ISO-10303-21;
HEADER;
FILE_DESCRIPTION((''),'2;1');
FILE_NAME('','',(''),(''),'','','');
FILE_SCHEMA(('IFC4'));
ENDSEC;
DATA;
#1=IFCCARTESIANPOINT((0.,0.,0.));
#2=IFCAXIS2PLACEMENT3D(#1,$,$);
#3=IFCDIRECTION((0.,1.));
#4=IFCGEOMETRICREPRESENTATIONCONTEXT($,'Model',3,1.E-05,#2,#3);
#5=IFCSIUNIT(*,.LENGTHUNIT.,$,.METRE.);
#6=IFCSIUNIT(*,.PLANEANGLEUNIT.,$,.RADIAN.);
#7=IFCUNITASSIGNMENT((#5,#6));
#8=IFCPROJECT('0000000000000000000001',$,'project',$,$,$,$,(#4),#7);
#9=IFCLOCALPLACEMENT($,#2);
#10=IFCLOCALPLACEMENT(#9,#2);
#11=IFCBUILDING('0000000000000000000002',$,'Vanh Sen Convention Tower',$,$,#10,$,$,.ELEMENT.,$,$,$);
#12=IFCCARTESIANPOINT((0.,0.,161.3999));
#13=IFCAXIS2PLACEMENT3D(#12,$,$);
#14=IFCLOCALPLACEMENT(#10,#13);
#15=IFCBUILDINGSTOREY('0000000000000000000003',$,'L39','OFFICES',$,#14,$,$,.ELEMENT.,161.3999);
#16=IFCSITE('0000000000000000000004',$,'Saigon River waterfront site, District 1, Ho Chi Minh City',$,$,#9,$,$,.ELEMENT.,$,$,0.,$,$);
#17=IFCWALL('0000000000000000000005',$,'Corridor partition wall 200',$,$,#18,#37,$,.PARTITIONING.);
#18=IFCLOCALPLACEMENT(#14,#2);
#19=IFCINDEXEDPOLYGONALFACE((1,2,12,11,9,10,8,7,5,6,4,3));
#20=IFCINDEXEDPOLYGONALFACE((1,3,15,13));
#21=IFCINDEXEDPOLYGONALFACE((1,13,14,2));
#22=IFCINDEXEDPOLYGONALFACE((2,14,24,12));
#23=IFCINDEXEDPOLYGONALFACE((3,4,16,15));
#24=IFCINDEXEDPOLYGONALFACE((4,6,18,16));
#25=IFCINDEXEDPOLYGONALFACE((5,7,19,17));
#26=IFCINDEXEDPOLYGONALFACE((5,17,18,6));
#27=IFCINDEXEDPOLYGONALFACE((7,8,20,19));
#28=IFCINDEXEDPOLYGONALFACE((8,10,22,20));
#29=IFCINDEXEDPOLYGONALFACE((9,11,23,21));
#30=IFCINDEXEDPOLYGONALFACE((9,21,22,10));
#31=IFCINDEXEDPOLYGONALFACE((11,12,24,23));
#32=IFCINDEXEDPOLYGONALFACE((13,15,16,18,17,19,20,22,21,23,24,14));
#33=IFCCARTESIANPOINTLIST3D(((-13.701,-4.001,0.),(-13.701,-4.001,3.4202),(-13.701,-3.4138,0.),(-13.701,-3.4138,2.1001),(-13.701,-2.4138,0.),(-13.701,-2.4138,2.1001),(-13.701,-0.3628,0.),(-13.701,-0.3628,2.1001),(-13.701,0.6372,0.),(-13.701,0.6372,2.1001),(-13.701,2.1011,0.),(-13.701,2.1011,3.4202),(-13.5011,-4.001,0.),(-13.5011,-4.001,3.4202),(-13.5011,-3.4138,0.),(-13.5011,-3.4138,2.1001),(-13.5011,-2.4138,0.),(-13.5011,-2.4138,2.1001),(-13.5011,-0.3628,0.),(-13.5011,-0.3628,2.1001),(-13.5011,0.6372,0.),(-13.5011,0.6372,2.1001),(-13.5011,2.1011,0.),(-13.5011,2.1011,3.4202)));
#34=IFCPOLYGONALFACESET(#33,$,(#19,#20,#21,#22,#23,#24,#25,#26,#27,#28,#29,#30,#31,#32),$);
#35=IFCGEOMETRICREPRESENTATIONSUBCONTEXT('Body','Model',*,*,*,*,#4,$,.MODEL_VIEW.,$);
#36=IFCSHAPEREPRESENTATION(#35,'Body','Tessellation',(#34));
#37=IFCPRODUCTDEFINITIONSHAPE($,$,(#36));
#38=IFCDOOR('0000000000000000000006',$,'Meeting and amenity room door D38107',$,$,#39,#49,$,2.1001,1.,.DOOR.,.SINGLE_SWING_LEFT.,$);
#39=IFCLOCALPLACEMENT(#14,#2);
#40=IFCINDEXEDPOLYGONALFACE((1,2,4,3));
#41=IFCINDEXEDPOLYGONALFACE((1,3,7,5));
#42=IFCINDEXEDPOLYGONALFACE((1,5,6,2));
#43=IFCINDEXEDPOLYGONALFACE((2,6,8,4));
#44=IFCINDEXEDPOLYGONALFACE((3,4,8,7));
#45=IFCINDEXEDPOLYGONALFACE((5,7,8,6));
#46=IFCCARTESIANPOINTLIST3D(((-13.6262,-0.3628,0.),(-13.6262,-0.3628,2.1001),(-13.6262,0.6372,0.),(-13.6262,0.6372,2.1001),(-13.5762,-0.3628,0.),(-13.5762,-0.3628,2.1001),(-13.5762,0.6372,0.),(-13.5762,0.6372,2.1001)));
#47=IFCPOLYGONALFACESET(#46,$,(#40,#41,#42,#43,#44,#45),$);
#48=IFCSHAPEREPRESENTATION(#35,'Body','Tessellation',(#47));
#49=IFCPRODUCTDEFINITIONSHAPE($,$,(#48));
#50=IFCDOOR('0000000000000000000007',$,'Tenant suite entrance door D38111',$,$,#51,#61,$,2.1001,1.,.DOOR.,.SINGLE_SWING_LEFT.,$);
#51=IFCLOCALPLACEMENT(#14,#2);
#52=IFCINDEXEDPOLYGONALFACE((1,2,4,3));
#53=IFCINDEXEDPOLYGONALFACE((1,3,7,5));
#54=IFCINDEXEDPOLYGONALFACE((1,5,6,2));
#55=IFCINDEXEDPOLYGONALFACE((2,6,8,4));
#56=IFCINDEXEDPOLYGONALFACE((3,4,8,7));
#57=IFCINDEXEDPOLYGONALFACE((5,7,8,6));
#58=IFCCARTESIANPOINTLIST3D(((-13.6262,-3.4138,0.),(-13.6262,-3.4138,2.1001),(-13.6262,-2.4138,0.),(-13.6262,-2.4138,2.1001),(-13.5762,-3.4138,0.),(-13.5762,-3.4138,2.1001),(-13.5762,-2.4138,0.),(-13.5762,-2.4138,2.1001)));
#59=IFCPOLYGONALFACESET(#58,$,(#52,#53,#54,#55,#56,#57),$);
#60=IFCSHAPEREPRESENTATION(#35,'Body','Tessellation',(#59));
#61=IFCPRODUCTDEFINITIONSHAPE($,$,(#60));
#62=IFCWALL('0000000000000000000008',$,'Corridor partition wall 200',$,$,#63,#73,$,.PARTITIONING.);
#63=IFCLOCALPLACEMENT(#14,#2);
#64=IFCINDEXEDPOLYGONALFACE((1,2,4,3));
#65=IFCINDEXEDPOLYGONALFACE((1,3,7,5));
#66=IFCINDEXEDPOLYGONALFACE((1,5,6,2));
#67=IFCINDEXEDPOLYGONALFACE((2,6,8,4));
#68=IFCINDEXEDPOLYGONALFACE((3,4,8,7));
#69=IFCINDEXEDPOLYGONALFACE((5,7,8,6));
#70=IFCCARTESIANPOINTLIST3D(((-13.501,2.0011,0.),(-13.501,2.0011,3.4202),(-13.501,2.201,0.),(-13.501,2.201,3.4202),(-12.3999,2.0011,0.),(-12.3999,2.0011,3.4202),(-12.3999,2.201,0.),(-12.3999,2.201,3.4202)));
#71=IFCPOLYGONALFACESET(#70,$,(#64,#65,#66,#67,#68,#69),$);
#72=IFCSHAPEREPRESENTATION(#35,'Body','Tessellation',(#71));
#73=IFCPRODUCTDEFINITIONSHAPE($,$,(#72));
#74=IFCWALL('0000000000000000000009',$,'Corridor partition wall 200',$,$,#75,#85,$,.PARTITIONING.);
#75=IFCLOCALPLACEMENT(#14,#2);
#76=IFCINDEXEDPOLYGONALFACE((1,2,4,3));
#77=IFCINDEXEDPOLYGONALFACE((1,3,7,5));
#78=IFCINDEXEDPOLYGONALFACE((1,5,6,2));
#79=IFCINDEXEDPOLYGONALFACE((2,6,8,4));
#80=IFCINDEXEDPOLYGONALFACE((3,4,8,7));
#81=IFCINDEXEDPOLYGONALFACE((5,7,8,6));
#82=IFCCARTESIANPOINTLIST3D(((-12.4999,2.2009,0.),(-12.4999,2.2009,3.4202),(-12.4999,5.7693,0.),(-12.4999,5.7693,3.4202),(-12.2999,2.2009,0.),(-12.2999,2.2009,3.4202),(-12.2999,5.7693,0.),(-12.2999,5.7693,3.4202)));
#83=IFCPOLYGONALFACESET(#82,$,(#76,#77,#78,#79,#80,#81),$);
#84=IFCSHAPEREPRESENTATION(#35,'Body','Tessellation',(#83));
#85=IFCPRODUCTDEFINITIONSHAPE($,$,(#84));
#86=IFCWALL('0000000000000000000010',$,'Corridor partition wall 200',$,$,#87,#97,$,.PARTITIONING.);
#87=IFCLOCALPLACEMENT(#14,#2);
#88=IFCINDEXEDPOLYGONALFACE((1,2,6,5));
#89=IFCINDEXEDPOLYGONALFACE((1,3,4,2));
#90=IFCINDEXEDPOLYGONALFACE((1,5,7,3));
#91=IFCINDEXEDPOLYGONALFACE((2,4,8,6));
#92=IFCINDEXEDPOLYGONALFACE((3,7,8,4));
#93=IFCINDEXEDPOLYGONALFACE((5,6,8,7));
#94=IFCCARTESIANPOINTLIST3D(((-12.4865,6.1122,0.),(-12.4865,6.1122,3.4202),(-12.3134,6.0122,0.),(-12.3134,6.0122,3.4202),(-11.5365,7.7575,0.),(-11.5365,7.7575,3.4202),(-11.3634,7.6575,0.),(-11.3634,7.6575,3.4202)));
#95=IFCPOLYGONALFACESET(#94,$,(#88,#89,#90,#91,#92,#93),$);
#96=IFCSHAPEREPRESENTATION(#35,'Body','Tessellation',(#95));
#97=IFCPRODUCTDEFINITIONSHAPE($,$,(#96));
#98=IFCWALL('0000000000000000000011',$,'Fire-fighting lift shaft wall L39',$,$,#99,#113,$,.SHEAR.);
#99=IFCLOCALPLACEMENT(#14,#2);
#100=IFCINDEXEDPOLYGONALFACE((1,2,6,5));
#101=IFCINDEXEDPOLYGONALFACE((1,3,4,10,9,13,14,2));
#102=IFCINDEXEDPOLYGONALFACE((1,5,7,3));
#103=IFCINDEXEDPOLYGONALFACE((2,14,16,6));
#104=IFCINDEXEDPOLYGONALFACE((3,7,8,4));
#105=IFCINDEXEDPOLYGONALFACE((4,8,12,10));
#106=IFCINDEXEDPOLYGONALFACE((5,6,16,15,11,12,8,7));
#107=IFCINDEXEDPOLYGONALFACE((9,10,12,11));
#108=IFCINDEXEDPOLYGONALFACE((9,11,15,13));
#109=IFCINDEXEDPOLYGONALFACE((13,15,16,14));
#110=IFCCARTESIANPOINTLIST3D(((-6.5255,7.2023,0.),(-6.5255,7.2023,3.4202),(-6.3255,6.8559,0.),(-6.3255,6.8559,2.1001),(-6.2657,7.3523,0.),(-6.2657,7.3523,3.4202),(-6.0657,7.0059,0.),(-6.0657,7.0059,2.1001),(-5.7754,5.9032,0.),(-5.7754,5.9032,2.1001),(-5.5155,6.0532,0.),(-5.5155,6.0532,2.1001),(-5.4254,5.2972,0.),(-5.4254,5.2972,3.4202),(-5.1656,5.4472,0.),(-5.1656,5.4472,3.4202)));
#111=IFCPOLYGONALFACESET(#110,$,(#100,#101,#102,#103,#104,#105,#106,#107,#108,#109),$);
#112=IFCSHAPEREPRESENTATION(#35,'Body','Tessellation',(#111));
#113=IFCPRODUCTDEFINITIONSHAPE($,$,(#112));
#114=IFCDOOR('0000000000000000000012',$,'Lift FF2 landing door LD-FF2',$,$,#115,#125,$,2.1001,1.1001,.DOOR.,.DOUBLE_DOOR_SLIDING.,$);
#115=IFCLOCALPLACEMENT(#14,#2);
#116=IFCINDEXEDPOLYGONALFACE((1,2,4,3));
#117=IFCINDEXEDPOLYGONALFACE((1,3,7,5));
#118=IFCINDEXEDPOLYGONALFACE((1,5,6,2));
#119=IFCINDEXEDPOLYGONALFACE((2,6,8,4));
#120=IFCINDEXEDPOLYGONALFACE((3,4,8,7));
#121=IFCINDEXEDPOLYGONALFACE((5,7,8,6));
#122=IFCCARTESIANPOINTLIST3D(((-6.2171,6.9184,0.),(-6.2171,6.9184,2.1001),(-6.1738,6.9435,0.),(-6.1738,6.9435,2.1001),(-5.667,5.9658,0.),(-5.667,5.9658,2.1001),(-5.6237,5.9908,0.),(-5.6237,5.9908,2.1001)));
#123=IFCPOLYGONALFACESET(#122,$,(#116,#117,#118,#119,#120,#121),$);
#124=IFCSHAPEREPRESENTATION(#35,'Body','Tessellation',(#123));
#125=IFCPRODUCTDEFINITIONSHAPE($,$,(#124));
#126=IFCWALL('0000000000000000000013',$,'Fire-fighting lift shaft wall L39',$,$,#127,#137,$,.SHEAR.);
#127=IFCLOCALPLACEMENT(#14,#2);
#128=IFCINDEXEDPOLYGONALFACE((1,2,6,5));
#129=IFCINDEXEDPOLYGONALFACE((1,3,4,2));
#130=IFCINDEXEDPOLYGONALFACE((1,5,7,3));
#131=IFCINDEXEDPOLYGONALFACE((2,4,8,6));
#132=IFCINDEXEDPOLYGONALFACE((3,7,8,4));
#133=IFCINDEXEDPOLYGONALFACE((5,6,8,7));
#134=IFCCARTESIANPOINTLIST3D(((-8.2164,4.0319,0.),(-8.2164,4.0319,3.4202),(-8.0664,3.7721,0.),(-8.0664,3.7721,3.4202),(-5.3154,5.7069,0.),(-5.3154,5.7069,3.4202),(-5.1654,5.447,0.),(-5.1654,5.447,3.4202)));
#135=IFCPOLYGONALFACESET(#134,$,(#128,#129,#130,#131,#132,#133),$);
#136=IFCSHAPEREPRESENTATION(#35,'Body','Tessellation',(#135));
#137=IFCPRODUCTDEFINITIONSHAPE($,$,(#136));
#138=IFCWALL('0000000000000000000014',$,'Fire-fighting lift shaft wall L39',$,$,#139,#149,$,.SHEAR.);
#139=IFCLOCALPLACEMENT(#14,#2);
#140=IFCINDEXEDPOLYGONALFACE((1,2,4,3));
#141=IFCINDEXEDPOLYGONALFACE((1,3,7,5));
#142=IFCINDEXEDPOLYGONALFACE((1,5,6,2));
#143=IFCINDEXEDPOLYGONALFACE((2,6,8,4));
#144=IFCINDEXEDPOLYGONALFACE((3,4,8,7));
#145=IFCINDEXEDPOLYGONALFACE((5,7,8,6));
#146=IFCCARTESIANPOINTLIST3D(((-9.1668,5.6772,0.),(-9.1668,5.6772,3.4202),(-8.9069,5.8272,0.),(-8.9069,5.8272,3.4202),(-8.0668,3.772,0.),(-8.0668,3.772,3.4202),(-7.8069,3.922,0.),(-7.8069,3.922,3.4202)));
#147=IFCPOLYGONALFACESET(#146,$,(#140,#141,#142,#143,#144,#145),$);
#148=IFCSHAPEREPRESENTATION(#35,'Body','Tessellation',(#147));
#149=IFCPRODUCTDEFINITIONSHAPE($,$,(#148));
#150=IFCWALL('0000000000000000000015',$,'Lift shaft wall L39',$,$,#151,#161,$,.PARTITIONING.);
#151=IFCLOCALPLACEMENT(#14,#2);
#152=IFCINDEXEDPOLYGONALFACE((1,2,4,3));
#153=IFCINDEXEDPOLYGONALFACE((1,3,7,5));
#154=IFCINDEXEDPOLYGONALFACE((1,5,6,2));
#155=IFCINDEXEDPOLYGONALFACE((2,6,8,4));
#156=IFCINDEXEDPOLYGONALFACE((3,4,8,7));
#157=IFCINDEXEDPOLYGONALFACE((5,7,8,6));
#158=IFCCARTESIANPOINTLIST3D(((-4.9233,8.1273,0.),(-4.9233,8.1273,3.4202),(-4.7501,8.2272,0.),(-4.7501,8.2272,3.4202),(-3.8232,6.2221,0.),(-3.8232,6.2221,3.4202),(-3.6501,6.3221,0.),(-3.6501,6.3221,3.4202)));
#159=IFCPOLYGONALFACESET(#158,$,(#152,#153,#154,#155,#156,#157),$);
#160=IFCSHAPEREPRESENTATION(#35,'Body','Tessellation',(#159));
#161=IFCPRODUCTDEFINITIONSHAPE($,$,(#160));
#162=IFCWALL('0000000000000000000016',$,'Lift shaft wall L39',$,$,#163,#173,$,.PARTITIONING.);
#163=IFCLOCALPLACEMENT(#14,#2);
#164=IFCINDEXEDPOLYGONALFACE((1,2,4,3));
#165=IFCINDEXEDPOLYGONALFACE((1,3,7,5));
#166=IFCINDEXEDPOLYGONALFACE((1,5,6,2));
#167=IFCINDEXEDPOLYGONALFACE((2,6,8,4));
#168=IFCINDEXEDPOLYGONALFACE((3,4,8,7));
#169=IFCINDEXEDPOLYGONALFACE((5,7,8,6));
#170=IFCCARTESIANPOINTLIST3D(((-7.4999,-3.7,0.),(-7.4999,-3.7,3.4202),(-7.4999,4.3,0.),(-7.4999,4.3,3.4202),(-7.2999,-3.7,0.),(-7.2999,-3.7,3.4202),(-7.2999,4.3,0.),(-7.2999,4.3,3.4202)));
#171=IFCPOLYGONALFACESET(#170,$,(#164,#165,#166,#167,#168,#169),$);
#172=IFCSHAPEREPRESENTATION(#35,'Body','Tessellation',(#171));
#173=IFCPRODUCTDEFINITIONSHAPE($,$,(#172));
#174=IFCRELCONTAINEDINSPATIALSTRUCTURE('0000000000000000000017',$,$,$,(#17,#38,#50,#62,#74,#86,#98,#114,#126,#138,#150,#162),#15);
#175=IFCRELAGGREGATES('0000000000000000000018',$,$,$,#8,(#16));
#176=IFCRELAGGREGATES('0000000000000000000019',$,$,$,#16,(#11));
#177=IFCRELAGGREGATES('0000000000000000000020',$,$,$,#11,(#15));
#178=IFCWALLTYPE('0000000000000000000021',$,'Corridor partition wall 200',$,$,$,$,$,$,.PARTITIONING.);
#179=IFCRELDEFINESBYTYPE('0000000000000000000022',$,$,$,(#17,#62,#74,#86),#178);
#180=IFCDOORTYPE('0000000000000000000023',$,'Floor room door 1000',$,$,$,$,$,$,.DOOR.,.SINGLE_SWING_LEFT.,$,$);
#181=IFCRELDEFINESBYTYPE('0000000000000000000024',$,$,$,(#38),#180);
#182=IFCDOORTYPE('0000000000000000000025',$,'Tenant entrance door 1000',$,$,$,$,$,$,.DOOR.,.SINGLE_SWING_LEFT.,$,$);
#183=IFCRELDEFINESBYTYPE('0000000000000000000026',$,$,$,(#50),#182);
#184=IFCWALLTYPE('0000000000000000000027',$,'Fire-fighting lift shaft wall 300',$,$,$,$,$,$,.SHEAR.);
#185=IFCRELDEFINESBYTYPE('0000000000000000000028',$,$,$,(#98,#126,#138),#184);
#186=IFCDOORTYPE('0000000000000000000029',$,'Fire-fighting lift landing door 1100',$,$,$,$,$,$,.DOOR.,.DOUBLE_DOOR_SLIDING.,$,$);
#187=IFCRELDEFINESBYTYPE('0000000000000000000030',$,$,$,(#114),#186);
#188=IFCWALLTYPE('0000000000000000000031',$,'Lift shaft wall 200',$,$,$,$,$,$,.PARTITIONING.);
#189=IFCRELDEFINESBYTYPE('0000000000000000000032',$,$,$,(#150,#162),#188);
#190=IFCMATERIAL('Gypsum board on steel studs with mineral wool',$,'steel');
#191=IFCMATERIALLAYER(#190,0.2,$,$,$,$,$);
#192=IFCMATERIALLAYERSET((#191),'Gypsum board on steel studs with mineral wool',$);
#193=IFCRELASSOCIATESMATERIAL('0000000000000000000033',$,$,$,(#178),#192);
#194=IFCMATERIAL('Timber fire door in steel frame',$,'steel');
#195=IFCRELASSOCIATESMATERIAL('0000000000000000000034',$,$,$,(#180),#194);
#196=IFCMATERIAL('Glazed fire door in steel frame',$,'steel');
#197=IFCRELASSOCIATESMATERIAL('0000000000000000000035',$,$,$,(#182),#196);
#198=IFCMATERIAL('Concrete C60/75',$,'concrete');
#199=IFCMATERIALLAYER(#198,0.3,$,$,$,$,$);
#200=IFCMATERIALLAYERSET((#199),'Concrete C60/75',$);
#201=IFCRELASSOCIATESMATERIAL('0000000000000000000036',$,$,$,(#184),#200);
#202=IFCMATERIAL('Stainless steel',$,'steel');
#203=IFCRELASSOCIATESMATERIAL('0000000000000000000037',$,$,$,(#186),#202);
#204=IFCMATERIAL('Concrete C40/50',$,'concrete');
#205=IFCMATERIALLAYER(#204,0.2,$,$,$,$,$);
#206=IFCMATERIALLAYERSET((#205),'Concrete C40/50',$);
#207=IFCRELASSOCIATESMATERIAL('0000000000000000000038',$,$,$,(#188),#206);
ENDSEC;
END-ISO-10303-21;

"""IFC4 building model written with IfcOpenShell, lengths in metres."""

from ifc_helpers import new_model, si_unit, direction, frame, frame_2d, origin, place, context, subcontext, project, spatial, rectangle, extrude, material, layer, layer_set, type_object, element, fill, save


model = new_model("IFC4")

# Units and contexts
model_context = context("Model", 3, precision=1e-05, world=origin(), true_north=direction((0.0, 1.0)))
body_context = subcontext(model_context, "Body", "Model", "MODEL_VIEW")
ifc_project = project(units=[si_unit("LENGTHUNIT", "METRE"), si_unit("PLANEANGLEUNIT", "RADIAN")], contexts=[model_context])

# Site, building, storey
site_placement = place(None, origin())
site = spatial("IfcSite", under=ifc_project, at=site_placement, Name="Saigon River waterfront site, District 1, Ho Chi Minh City", CompositionType="ELEMENT", RefElevation=0.0)
building_placement = place(site_placement, origin())
building = spatial("IfcBuilding", under=site, at=building_placement, Name="Vanh Sen Convention Tower", CompositionType="ELEMENT")
storey_placement = place(building_placement, frame((0.0, 0.0, 161.3999)))
storey = spatial("IfcBuildingStorey", under=building, at=storey_placement, Name="L39", Description="OFFICES", CompositionType="ELEMENT", Elevation=161.3999)

# Wall, openings, doors
ifc_material_1 = material(Name="Stainless steel", Category="steel")
ifc_material_2 = material(Name="Gypsum board on steel studs with mineral wool", Category="steel")
ifc_layer_1 = layer(ifc_material_2, 0.2)
ifc_layer_set_1 = layer_set([ifc_layer_1], Name="Gypsum board on steel studs with mineral wool")
wall_type_1 = type_object("IfcWallType", Name="Corridor partition wall 200", PredefinedType="PARTITIONING", material=ifc_layer_set_1)
wall_1_placement = place(storey_placement, frame((-13.6011, 2.1011, 0.0), z_axis=(0.0, 0.0, 1.0), x_axis=(0.0, -1.0, 0.0)))
wall_1 = element("IfcWall", 1, at=wall_1_placement, inside=storey, type_object=wall_type_1, Name="Corridor partition wall 200", PredefinedType="PARTITIONING", context=body_context, shape_type="SweptSolid", body=[
    extrude(rectangle(XDim=6.1021, YDim=0.2, at=frame_2d((3.051, 0.0))), origin(), (0.0, 0.0, 1.0), 3.4202),
])
opening_1_placement = place(wall_1_placement, frame((1.4639, 0.0, 0.0)))
opening_1 = element("IfcOpeningElement", 2, at=opening_1_placement, cuts=wall_1, PredefinedType="OPENING", context=body_context, shape_type="SweptSolid", body=[
    extrude(rectangle(XDim=1.0, YDim=2.1001, at=frame_2d((0.5, 1.05))), frame((0.0, 0.1099, 0.0), z_axis=(0.0, -1.0, 0.0), x_axis=(1.0, 0.0, 0.0)), (0.0, 0.0, 1.0), 0.22),
])
opening_2_placement = place(wall_1_placement, frame((4.5149, 0.0, 0.0)))
opening_2 = element("IfcOpeningElement", 3, at=opening_2_placement, cuts=wall_1, PredefinedType="OPENING", context=body_context, shape_type="SweptSolid", body=[
    extrude(rectangle(XDim=1.0, YDim=2.1001, at=frame_2d((0.5, 1.05))), frame((0.0, 0.1099, 0.0), z_axis=(0.0, -1.0, 0.0), x_axis=(1.0, 0.0, 0.0)), (0.0, 0.0, 1.0), 0.22),
])
ifc_material_3 = material(Name="Timber fire door in steel frame", Category="steel")
door_type_1 = type_object("IfcDoorType", Name="Floor room door 1000", OperationType="SINGLE_SWING_LEFT", PredefinedType="DOOR", material=ifc_material_3)
door_1_placement = place(opening_1_placement, origin())
door_1 = element("IfcDoor", 4, at=door_1_placement, inside=storey, type_object=door_type_1, Name="Meeting and amenity room door D38107", OperationType="SINGLE_SWING_LEFT", OverallHeight=2.1001, OverallWidth=1.0, PredefinedType="DOOR", context=body_context, shape_type="SweptSolid", body=[
    extrude(rectangle(XDim=1.0, YDim=2.1001, at=frame_2d((0.5, 1.05))), frame((0.0, 0.0249, 0.0), z_axis=(0.0, -1.0, 0.0), x_axis=(1.0, 0.0, 0.0)), (0.0, 0.0, 1.0), 0.05),
])
fill(opening_1, door_1)
ifc_material_4 = material(Name="Glazed fire door in steel frame", Category="steel")
door_type_2 = type_object("IfcDoorType", Name="Tenant entrance door 1000", OperationType="SINGLE_SWING_LEFT", PredefinedType="DOOR", material=ifc_material_4)
door_2_placement = place(opening_2_placement, origin())
door_2 = element("IfcDoor", 5, at=door_2_placement, inside=storey, type_object=door_type_2, Name="Tenant suite entrance door D38111", OperationType="SINGLE_SWING_LEFT", OverallHeight=2.1001, OverallWidth=1.0, PredefinedType="DOOR", context=body_context, shape_type="SweptSolid", body=[
    extrude(rectangle(XDim=1.0, YDim=2.1001, at=frame_2d((0.5, 1.05))), frame((0.0, 0.0249, 0.0), z_axis=(0.0, -1.0, 0.0), x_axis=(1.0, 0.0, 0.0)), (0.0, 0.0, 1.0), 0.05),
])
fill(opening_2, door_2)

# Walls
wall_2_placement = place(storey_placement, frame((-12.3999, 2.1011, 0.0), z_axis=(0.0, 0.0, 1.0), x_axis=(-1.0, 0.0, 0.0)))
element("IfcWall", 6, at=wall_2_placement, inside=storey, type_object=wall_type_1, Name="Corridor partition wall 200", PredefinedType="PARTITIONING", context=body_context, shape_type="SweptSolid", body=[
    extrude(rectangle(XDim=1.1011, YDim=0.2, at=frame_2d((0.5505, 0.0))), origin(), (0.0, 0.0, 1.0), 3.4202),
])
wall_3_placement = place(storey_placement, frame((-12.3999, 5.7693, 0.0), z_axis=(0.0, 0.0, 1.0), x_axis=(0.0, -1.0, 0.0)))
element("IfcWall", 7, at=wall_3_placement, inside=storey, type_object=wall_type_1, Name="Corridor partition wall 200", PredefinedType="PARTITIONING", context=body_context, shape_type="SweptSolid", body=[
    extrude(rectangle(XDim=3.5684, YDim=0.2, at=frame_2d((1.7842, 0.0))), origin(), (0.0, 0.0, 1.0), 3.4202),
])
wall_4_placement = place(storey_placement, frame((-11.45, 7.7075, 0.0), z_axis=(0.0, 0.0, 1.0), x_axis=(-0.500023, -0.866012, 0.0)))
element("IfcWall", 8, at=wall_4_placement, inside=storey, type_object=wall_type_1, Name="Corridor partition wall 200", PredefinedType="PARTITIONING", context=body_context, shape_type="SweptSolid", body=[
    extrude(rectangle(XDim=1.8999, YDim=0.2, at=frame_2d((0.95, 0.0))), origin(), (0.0, 0.0, 1.0), 3.4202),
])

# Wall, opening, door
ifc_material_5 = material(Name="Concrete C60/75", Category="concrete")
ifc_layer_2 = layer(ifc_material_5, 0.3)
ifc_layer_set_2 = layer_set([ifc_layer_2], Name="Concrete C60/75")
wall_type_2 = type_object("IfcWallType", Name="Fire-fighting lift shaft wall 300", PredefinedType="SHEAR", material=ifc_layer_set_2)
wall_5_placement = place(storey_placement, frame((-5.2954, 5.3721, 0.0), z_axis=(0.0, 0.0, 1.0), x_axis=(-0.500078, 0.86598, 0.0)))
wall_5 = element("IfcWall", 9, at=wall_5_placement, inside=storey, type_object=wall_type_2, Name="Fire-fighting lift shaft wall L39", PredefinedType="SHEAR", context=body_context, shape_type="SweptSolid", body=[
    extrude(rectangle(XDim=2.2, YDim=0.3, at=frame_2d((1.1001, 0.0))), origin(), (0.0, 0.0, 1.0), 3.4202),
])
opening_3_placement = place(wall_5_placement, frame((0.7, 0.0, 0.0)))
opening_3 = element("IfcOpeningElement", 10, at=opening_3_placement, cuts=wall_5, PredefinedType="OPENING", context=body_context, shape_type="SweptSolid", body=[
    extrude(rectangle(XDim=1.1001, YDim=2.1001, at=frame_2d((0.55, 1.05))), frame((0.0, 0.1599, 0.0), z_axis=(0.0, -1.0, 0.0), x_axis=(1.0, 0.0, 0.0)), (0.0, 0.0, 1.0), 0.3201),
])
door_type_3 = type_object("IfcDoorType", Name="Fire-fighting lift landing door 1100", OperationType="DOUBLE_DOOR_SLIDING", PredefinedType="DOOR", material=ifc_material_1)
door_3_placement = place(opening_3_placement, origin())
door_3 = element("IfcDoor", 11, at=door_3_placement, inside=storey, type_object=door_type_3, Name="Lift FF2 landing door LD-FF2", OperationType="DOUBLE_DOOR_SLIDING", OverallHeight=2.1001, OverallWidth=1.1001, PredefinedType="DOOR", context=body_context, shape_type="SweptSolid", body=[
    extrude(rectangle(XDim=1.1001, YDim=2.1001, at=frame_2d((0.55, 1.05))), frame((0.0, 0.0249, 0.0), z_axis=(0.0, -1.0, 0.0), x_axis=(1.0, 0.0, 0.0)), (0.0, 0.0, 1.0), 0.05),
])
fill(opening_3, door_3)

# Walls
wall_6_placement = place(storey_placement, frame((-5.2405, 5.5769, 0.0), z_axis=(0.0, 0.0, 1.0), x_axis=(-0.866014, -0.500019, 0.0)))
element("IfcWall", 12, at=wall_6_placement, inside=storey, type_object=wall_type_2, Name="Fire-fighting lift shaft wall L39", PredefinedType="SHEAR", context=body_context, shape_type="SweptSolid", body=[
    extrude(rectangle(XDim=3.3499, YDim=0.3, at=frame_2d((1.6748, 0.0))), origin(), (0.0, 0.0, 1.0), 3.4202),
])
wall_7_placement = place(storey_placement, frame((-7.9368, 3.8469, 0.0), z_axis=(0.0, 0.0, 1.0), x_axis=(-0.50003, 0.866008, 0.0)))
element("IfcWall", 13, at=wall_7_placement, inside=storey, type_object=wall_type_2, Name="Fire-fighting lift shaft wall L39", PredefinedType="SHEAR", context=body_context, shape_type="SweptSolid", body=[
    extrude(rectangle(XDim=2.2, YDim=0.3, at=frame_2d((1.1001, 0.0))), origin(), (0.0, 0.0, 1.0), 3.4202),
])
ifc_material_6 = material(Name="Concrete C40/50", Category="concrete")
ifc_layer_3 = layer(ifc_material_6, 0.2)
ifc_layer_set_3 = layer_set([ifc_layer_3], Name="Concrete C40/50")
wall_type_3 = type_object("IfcWallType", Name="Lift shaft wall 200", PredefinedType="PARTITIONING", material=ifc_layer_set_3)
wall_8_placement = place(storey_placement, frame((-3.7366, 6.272, 0.0), z_axis=(0.0, 0.0, 1.0), x_axis=(-0.50003, 0.866008, 0.0)))
element("IfcWall", 14, at=wall_8_placement, inside=storey, type_object=wall_type_3, Name="Lift shaft wall L39", PredefinedType="PARTITIONING", context=body_context, shape_type="SweptSolid", body=[
    extrude(rectangle(XDim=2.2, YDim=0.2, at=frame_2d((1.1001, 0.0))), origin(), (0.0, 0.0, 1.0), 3.4202),
])
wall_9_placement = place(storey_placement, frame((-7.3999, 4.3, 0.0), z_axis=(0.0, 0.0, 1.0), x_axis=(0.0, -1.0, 0.0)))
element("IfcWall", 15, at=wall_9_placement, inside=storey, type_object=wall_type_3, Name="Lift shaft wall L39", PredefinedType="PARTITIONING", context=body_context, shape_type="SweptSolid", body=[
    extrude(rectangle(XDim=8.0, YDim=0.2, at=frame_2d((4.0, 0.0))), origin(), (0.0, 0.0, 1.0), 3.4202),
])

save(model, "model.ifc")
